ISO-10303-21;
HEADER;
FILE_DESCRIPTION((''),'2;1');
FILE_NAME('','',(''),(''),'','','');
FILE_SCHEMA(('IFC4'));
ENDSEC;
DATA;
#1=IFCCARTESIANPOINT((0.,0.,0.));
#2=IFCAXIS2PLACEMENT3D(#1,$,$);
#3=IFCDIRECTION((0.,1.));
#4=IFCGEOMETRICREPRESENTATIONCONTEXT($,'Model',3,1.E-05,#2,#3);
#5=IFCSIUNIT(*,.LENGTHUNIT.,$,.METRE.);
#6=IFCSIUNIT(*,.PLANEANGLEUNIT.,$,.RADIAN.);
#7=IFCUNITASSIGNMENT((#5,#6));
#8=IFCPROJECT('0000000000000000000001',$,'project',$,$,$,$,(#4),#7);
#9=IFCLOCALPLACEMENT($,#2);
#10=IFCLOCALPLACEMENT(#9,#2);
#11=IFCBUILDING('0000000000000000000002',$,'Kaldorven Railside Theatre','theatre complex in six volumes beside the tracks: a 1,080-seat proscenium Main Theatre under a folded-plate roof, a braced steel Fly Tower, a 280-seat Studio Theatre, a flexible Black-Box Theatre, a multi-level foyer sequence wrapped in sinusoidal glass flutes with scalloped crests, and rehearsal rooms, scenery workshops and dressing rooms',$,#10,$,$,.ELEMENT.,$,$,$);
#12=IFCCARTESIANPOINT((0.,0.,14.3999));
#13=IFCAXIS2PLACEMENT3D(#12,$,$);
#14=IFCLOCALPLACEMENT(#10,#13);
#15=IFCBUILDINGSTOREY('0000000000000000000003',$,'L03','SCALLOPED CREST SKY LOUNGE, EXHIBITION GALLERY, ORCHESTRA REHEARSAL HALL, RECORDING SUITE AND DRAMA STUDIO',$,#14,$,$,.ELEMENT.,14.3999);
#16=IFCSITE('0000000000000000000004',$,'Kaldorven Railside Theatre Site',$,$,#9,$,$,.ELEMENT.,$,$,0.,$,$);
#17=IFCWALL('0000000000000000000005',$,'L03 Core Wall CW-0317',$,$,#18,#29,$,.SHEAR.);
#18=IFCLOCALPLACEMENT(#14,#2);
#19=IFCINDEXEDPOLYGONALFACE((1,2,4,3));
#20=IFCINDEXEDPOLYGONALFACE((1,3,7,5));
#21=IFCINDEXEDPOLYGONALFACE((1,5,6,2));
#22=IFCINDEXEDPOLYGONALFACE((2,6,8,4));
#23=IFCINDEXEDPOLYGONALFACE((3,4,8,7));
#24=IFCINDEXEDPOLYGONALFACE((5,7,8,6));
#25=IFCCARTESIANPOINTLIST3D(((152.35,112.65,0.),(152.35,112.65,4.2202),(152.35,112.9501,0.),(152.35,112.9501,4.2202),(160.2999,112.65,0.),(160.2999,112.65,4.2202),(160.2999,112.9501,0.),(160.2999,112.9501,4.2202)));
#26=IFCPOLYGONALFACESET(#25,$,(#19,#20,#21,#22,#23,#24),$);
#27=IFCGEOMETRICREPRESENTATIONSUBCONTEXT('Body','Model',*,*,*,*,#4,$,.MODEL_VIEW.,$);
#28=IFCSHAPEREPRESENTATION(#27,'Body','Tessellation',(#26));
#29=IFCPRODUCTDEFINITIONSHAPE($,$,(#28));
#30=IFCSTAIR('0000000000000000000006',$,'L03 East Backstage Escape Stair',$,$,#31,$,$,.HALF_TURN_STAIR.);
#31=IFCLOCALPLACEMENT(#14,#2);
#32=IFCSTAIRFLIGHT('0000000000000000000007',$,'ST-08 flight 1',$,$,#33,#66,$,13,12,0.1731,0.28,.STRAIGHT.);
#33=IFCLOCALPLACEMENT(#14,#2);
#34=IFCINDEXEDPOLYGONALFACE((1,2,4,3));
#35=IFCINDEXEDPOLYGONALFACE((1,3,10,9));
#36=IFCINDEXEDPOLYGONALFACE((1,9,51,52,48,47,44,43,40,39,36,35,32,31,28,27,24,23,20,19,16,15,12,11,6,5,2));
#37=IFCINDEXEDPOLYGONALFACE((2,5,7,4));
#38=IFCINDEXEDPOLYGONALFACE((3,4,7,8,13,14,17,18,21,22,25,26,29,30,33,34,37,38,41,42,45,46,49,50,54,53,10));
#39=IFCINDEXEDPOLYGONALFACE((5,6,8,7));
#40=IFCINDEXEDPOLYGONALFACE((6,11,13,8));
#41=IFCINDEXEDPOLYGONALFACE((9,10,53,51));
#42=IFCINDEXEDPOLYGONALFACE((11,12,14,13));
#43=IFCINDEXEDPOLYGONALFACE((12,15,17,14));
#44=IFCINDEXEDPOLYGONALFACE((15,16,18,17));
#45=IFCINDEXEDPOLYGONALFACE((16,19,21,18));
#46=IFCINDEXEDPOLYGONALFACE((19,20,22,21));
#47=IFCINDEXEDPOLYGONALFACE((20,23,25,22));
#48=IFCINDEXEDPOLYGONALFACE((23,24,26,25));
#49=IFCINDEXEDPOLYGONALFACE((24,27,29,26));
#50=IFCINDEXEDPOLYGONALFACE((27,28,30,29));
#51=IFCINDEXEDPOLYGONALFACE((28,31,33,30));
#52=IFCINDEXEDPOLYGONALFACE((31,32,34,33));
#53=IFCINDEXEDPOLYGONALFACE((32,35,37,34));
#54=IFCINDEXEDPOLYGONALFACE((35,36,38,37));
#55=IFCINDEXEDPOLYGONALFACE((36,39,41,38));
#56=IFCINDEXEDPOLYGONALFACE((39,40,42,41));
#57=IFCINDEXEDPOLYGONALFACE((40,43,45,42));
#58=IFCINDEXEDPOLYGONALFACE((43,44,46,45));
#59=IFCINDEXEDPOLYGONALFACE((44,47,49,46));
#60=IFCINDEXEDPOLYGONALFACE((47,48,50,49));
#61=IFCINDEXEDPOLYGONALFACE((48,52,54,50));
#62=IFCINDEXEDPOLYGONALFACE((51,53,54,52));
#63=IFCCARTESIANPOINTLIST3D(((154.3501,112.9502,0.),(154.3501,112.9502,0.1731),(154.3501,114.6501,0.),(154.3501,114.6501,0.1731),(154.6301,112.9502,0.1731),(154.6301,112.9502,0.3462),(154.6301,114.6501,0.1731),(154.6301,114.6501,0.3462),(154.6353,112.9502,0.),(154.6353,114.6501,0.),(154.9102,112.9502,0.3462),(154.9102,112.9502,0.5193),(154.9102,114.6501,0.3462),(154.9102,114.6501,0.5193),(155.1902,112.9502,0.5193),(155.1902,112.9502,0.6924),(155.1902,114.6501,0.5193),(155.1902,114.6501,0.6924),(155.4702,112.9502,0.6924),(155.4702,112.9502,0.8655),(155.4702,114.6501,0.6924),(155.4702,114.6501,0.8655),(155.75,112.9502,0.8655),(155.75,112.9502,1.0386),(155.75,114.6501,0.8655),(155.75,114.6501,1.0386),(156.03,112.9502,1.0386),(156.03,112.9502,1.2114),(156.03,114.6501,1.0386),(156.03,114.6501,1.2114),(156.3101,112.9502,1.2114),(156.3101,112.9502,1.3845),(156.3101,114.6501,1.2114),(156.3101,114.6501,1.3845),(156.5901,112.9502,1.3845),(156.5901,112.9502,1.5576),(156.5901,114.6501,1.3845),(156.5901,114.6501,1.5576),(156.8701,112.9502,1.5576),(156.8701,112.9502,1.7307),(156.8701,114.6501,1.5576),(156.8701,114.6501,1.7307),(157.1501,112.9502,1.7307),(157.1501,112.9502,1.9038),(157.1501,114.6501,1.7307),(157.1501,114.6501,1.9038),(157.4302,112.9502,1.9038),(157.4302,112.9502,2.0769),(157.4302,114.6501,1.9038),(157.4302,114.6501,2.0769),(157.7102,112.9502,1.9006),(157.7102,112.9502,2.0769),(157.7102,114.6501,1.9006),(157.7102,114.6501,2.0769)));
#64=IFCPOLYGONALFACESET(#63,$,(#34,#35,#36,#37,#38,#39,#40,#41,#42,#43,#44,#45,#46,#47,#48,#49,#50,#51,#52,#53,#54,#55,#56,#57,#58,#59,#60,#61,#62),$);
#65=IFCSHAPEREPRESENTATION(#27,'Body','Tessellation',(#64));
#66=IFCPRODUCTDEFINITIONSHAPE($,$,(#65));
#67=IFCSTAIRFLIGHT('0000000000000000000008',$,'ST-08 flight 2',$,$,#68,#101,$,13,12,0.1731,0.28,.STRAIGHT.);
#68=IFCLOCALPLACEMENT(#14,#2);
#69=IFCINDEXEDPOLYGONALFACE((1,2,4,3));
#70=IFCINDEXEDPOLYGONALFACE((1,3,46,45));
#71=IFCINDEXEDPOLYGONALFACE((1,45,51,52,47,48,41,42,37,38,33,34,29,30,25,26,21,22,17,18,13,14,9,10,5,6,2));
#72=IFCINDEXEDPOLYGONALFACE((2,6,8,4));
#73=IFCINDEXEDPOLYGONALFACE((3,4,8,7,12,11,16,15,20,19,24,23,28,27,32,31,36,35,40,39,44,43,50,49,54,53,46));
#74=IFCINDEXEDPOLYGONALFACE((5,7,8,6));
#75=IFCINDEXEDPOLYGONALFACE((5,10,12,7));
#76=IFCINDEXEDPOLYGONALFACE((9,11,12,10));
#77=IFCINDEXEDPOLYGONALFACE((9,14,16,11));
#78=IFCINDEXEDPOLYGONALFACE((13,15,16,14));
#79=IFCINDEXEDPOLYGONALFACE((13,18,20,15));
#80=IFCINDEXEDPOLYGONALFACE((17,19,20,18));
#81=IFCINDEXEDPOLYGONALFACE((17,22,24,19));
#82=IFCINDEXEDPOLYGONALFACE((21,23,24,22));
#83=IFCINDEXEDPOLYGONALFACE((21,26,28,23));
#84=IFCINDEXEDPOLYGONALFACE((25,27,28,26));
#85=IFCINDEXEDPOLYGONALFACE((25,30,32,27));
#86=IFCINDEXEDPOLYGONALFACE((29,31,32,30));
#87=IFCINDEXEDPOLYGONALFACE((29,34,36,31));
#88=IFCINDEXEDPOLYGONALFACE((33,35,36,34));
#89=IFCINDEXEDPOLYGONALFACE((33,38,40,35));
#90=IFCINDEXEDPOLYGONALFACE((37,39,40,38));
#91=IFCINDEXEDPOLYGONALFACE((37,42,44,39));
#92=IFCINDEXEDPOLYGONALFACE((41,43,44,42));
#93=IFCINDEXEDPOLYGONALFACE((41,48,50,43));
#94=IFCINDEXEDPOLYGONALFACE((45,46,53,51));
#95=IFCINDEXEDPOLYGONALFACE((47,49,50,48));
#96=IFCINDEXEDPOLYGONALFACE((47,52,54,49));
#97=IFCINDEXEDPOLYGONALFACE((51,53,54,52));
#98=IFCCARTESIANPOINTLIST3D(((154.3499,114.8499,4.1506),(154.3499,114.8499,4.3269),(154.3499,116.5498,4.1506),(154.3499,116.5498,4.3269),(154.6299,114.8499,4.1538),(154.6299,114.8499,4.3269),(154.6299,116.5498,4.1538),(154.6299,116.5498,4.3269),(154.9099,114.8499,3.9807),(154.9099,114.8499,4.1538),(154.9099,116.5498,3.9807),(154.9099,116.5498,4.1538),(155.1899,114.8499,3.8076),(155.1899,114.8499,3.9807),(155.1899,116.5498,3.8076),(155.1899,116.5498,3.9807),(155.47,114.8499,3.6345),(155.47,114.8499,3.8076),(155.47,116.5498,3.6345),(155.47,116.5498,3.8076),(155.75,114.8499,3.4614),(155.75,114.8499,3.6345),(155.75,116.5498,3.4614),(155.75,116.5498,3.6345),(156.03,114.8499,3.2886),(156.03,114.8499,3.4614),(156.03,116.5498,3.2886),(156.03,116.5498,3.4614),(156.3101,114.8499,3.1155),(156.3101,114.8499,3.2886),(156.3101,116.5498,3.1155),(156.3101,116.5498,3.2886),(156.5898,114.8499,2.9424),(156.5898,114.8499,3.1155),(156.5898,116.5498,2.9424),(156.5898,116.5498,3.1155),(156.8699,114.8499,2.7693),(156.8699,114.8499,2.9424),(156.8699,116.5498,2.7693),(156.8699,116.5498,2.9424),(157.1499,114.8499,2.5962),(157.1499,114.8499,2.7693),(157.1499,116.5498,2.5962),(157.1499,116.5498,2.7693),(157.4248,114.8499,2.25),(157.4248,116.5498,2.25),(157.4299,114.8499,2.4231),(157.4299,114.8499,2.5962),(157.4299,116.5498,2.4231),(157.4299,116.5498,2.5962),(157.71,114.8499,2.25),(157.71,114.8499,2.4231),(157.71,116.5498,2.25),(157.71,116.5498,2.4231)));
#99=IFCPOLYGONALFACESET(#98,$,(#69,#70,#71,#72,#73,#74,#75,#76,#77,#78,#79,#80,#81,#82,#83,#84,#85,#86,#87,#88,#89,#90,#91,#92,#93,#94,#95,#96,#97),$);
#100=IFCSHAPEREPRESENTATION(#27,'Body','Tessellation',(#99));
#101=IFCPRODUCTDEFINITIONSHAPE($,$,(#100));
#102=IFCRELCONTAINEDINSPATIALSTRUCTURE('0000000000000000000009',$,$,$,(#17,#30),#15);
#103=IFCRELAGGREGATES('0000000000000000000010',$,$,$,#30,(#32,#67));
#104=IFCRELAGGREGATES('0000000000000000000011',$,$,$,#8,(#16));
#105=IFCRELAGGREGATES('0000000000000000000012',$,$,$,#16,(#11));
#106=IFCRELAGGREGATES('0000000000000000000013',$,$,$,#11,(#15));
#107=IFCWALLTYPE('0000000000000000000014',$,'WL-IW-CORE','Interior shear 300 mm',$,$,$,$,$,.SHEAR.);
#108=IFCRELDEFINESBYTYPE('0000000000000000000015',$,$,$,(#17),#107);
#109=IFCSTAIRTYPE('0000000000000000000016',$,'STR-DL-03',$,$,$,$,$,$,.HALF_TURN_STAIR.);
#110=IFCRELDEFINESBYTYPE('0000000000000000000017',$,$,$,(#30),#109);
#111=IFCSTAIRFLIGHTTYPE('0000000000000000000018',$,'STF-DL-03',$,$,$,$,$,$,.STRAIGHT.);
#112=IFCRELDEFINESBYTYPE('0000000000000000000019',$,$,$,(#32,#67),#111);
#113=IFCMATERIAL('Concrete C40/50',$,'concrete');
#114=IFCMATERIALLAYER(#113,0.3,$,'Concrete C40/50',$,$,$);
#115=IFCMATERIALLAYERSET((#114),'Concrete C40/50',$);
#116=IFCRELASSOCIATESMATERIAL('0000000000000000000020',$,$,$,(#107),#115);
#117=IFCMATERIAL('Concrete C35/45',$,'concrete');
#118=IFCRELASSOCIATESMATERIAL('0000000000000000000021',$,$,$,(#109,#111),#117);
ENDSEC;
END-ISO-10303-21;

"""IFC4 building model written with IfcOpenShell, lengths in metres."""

from ifc_helpers import new_model, si_unit, direction, frame, frame_2d, origin, place, context, subcontext, project, spatial, polyline, rectangle, outline, extrude, material, layer, layer_set, type_object, element, aggregate, save


model = new_model("IFC4")

# Units and contexts
model_context = context("Model", 3, precision=1e-05, world=origin(), true_north=direction((0.0, 1.0)))
body_context = subcontext(model_context, "Body", "Model", "MODEL_VIEW")
ifc_project = project(units=[si_unit("LENGTHUNIT", "METRE"), si_unit("PLANEANGLEUNIT", "RADIAN")], contexts=[model_context])

# Site, building, storey
site_placement = place(None, origin())
site = spatial("IfcSite", under=ifc_project, at=site_placement, Name="Kaldorven Railside Theatre Site", CompositionType="ELEMENT", RefElevation=0.0)
building_placement = place(site_placement, origin())
building = spatial("IfcBuilding", under=site, at=building_placement, Name="Kaldorven Railside Theatre", Description="theatre complex in six volumes beside the tracks: a 1,080-seat proscenium Main Theatre under a folded-plate roof, a braced steel Fly Tower, a 280-seat Studio Theatre, a flexible Black-Box Theatre, a multi-level foyer sequence wrapped in sinusoidal glass flutes with scalloped crests, and rehearsal rooms, scenery workshops and dressing rooms", CompositionType="ELEMENT")
storey_placement = place(building_placement, frame((0.0, 0.0, 14.3999)))
storey = spatial("IfcBuildingStorey", under=building, at=storey_placement, Name="L03", Description="SCALLOPED CREST SKY LOUNGE, EXHIBITION GALLERY, ORCHESTRA REHEARSAL HALL, RECORDING SUITE AND DRAMA STUDIO", CompositionType="ELEMENT", Elevation=14.3999)

# Shared definitions
ifc_material_1 = material(Name="Concrete C40/50", Category="concrete")

# Shared definitions
ifc_material_2 = material(Name="Concrete C35/45", Category="concrete")

# Wall
ifc_layer_1 = layer(ifc_material_1, 0.3, Name="Concrete C40/50")
ifc_layer_set_1 = layer_set([ifc_layer_1], Name="Concrete C40/50")
wall_type_1 = type_object("IfcWallType", Name="WL-IW-CORE", Description="Interior shear 300 mm", PredefinedType="SHEAR", material=ifc_layer_set_1)
wall_1_placement = place(storey_placement, frame((160.3, 112.8, 0.0), z_axis=(0.0, 0.0, 1.0), x_axis=(-1.0, 0.0, 0.0)))
element("IfcWall", 1, at=wall_1_placement, inside=storey, type_object=wall_type_1, Name="L03 Core Wall CW-0317", PredefinedType="SHEAR", context=body_context, shape_type="SweptSolid", body=[
    extrude(rectangle(XDim=7.95, YDim=0.3, at=frame_2d((3.9751, 0.0))), origin(), (0.0, 0.0, 1.0), 4.2202),
])

# Stair, stair flights
stair_type = type_object("IfcStairType", Name="STR-DL-03", PredefinedType="HALF_TURN_STAIR", material=ifc_material_2)
stair_placement = place(storey_placement, origin())
stair = element("IfcStair", 2, at=stair_placement, inside=storey, type_object=stair_type, Name="L03 East Backstage Escape Stair", PredefinedType="HALF_TURN_STAIR")
stair_flight_type = type_object("IfcStairFlightType", Name="STF-DL-03", PredefinedType="STRAIGHT", material=ifc_material_2)
stair_flight_1_placement = place(storey_placement, frame((154.3501, 113.8, 0.0), z_axis=(0.0, 0.0, 1.0), x_axis=(1.0, 0.0, 0.0)))
stair_flight_1 = element("IfcStairFlight", 3, at=stair_flight_1_placement, type_object=stair_flight_type, Name="ST-08 flight 1", NumberOfRisers=13, NumberOfTreads=12, PredefinedType="STRAIGHT", RiserHeight=0.1731, TreadLength=0.28, context=body_context, shape_type="SweptSolid", body=[
    extrude(outline(polyline([(0.0, 0.0), (0.0, 0.1731), (0.28, 0.1731), (0.28, 0.3462), (0.5601, 0.3462), (0.5601, 0.5193), (0.8401, 0.5193), (0.8401, 0.6924), (1.1201, 0.6924), (1.1201, 0.8655), (1.3999, 0.8655), (1.3999, 1.0386), (1.6799, 1.0386), (1.6799, 1.2114), (1.96, 1.2114), (1.96, 1.3845), (2.24, 1.3845), (2.24, 1.5576), (2.52, 1.5576), (2.52, 1.7307), (2.8, 1.7307), (2.8, 1.9038), (3.0801, 1.9038), (3.0801, 2.0769), (3.3601, 2.0769), (3.3601, 2.25), (3.3601, 1.9006), (0.2852, 0.0), (0.0, 0.0)])), frame((0.0, 0.8501, 0.0), z_axis=(0.0, -1.0, 0.0), x_axis=(1.0, 0.0, 0.0)), (0.0, 0.0, 1.0), 1.7),
])
stair_flight_2_placement = place(storey_placement, frame((157.71, 115.7, 2.25), z_axis=(0.0, 0.0, 1.0), x_axis=(-1.0, 0.0, 0.0)))
stair_flight_2 = element("IfcStairFlight", 4, at=stair_flight_2_placement, type_object=stair_flight_type, Name="ST-08 flight 2", NumberOfRisers=13, NumberOfTreads=12, PredefinedType="STRAIGHT", RiserHeight=0.1731, TreadLength=0.28, context=body_context, shape_type="SweptSolid", body=[
    extrude(outline(polyline([(0.0, 0.0), (0.0, 0.1731), (0.28, 0.1731), (0.28, 0.3462), (0.5601, 0.3462), (0.5601, 0.5193), (0.8401, 0.5193), (0.8401, 0.6924), (1.1201, 0.6924), (1.1201, 0.8655), (1.3999, 0.8655), (1.3999, 1.0386), (1.6799, 1.0386), (1.6799, 1.2114), (1.96, 1.2114), (1.96, 1.3845), (2.24, 1.3845), (2.24, 1.5576), (2.52, 1.5576), (2.52, 1.7307), (2.8, 1.7307), (2.8, 1.9038), (3.0801, 1.9038), (3.0801, 2.0769), (3.3601, 2.0769), (3.3601, 2.25), (3.3601, 1.9006), (0.2852, 0.0), (0.0, 0.0)])), frame((0.0, 0.8501, 0.0), z_axis=(0.0, -1.0, 0.0), x_axis=(1.0, 0.0, 0.0)), (0.0, 0.0, 1.0), 1.7),
])
aggregate(stair, [stair_flight_1, stair_flight_2])

save(model, "model.ifc")
